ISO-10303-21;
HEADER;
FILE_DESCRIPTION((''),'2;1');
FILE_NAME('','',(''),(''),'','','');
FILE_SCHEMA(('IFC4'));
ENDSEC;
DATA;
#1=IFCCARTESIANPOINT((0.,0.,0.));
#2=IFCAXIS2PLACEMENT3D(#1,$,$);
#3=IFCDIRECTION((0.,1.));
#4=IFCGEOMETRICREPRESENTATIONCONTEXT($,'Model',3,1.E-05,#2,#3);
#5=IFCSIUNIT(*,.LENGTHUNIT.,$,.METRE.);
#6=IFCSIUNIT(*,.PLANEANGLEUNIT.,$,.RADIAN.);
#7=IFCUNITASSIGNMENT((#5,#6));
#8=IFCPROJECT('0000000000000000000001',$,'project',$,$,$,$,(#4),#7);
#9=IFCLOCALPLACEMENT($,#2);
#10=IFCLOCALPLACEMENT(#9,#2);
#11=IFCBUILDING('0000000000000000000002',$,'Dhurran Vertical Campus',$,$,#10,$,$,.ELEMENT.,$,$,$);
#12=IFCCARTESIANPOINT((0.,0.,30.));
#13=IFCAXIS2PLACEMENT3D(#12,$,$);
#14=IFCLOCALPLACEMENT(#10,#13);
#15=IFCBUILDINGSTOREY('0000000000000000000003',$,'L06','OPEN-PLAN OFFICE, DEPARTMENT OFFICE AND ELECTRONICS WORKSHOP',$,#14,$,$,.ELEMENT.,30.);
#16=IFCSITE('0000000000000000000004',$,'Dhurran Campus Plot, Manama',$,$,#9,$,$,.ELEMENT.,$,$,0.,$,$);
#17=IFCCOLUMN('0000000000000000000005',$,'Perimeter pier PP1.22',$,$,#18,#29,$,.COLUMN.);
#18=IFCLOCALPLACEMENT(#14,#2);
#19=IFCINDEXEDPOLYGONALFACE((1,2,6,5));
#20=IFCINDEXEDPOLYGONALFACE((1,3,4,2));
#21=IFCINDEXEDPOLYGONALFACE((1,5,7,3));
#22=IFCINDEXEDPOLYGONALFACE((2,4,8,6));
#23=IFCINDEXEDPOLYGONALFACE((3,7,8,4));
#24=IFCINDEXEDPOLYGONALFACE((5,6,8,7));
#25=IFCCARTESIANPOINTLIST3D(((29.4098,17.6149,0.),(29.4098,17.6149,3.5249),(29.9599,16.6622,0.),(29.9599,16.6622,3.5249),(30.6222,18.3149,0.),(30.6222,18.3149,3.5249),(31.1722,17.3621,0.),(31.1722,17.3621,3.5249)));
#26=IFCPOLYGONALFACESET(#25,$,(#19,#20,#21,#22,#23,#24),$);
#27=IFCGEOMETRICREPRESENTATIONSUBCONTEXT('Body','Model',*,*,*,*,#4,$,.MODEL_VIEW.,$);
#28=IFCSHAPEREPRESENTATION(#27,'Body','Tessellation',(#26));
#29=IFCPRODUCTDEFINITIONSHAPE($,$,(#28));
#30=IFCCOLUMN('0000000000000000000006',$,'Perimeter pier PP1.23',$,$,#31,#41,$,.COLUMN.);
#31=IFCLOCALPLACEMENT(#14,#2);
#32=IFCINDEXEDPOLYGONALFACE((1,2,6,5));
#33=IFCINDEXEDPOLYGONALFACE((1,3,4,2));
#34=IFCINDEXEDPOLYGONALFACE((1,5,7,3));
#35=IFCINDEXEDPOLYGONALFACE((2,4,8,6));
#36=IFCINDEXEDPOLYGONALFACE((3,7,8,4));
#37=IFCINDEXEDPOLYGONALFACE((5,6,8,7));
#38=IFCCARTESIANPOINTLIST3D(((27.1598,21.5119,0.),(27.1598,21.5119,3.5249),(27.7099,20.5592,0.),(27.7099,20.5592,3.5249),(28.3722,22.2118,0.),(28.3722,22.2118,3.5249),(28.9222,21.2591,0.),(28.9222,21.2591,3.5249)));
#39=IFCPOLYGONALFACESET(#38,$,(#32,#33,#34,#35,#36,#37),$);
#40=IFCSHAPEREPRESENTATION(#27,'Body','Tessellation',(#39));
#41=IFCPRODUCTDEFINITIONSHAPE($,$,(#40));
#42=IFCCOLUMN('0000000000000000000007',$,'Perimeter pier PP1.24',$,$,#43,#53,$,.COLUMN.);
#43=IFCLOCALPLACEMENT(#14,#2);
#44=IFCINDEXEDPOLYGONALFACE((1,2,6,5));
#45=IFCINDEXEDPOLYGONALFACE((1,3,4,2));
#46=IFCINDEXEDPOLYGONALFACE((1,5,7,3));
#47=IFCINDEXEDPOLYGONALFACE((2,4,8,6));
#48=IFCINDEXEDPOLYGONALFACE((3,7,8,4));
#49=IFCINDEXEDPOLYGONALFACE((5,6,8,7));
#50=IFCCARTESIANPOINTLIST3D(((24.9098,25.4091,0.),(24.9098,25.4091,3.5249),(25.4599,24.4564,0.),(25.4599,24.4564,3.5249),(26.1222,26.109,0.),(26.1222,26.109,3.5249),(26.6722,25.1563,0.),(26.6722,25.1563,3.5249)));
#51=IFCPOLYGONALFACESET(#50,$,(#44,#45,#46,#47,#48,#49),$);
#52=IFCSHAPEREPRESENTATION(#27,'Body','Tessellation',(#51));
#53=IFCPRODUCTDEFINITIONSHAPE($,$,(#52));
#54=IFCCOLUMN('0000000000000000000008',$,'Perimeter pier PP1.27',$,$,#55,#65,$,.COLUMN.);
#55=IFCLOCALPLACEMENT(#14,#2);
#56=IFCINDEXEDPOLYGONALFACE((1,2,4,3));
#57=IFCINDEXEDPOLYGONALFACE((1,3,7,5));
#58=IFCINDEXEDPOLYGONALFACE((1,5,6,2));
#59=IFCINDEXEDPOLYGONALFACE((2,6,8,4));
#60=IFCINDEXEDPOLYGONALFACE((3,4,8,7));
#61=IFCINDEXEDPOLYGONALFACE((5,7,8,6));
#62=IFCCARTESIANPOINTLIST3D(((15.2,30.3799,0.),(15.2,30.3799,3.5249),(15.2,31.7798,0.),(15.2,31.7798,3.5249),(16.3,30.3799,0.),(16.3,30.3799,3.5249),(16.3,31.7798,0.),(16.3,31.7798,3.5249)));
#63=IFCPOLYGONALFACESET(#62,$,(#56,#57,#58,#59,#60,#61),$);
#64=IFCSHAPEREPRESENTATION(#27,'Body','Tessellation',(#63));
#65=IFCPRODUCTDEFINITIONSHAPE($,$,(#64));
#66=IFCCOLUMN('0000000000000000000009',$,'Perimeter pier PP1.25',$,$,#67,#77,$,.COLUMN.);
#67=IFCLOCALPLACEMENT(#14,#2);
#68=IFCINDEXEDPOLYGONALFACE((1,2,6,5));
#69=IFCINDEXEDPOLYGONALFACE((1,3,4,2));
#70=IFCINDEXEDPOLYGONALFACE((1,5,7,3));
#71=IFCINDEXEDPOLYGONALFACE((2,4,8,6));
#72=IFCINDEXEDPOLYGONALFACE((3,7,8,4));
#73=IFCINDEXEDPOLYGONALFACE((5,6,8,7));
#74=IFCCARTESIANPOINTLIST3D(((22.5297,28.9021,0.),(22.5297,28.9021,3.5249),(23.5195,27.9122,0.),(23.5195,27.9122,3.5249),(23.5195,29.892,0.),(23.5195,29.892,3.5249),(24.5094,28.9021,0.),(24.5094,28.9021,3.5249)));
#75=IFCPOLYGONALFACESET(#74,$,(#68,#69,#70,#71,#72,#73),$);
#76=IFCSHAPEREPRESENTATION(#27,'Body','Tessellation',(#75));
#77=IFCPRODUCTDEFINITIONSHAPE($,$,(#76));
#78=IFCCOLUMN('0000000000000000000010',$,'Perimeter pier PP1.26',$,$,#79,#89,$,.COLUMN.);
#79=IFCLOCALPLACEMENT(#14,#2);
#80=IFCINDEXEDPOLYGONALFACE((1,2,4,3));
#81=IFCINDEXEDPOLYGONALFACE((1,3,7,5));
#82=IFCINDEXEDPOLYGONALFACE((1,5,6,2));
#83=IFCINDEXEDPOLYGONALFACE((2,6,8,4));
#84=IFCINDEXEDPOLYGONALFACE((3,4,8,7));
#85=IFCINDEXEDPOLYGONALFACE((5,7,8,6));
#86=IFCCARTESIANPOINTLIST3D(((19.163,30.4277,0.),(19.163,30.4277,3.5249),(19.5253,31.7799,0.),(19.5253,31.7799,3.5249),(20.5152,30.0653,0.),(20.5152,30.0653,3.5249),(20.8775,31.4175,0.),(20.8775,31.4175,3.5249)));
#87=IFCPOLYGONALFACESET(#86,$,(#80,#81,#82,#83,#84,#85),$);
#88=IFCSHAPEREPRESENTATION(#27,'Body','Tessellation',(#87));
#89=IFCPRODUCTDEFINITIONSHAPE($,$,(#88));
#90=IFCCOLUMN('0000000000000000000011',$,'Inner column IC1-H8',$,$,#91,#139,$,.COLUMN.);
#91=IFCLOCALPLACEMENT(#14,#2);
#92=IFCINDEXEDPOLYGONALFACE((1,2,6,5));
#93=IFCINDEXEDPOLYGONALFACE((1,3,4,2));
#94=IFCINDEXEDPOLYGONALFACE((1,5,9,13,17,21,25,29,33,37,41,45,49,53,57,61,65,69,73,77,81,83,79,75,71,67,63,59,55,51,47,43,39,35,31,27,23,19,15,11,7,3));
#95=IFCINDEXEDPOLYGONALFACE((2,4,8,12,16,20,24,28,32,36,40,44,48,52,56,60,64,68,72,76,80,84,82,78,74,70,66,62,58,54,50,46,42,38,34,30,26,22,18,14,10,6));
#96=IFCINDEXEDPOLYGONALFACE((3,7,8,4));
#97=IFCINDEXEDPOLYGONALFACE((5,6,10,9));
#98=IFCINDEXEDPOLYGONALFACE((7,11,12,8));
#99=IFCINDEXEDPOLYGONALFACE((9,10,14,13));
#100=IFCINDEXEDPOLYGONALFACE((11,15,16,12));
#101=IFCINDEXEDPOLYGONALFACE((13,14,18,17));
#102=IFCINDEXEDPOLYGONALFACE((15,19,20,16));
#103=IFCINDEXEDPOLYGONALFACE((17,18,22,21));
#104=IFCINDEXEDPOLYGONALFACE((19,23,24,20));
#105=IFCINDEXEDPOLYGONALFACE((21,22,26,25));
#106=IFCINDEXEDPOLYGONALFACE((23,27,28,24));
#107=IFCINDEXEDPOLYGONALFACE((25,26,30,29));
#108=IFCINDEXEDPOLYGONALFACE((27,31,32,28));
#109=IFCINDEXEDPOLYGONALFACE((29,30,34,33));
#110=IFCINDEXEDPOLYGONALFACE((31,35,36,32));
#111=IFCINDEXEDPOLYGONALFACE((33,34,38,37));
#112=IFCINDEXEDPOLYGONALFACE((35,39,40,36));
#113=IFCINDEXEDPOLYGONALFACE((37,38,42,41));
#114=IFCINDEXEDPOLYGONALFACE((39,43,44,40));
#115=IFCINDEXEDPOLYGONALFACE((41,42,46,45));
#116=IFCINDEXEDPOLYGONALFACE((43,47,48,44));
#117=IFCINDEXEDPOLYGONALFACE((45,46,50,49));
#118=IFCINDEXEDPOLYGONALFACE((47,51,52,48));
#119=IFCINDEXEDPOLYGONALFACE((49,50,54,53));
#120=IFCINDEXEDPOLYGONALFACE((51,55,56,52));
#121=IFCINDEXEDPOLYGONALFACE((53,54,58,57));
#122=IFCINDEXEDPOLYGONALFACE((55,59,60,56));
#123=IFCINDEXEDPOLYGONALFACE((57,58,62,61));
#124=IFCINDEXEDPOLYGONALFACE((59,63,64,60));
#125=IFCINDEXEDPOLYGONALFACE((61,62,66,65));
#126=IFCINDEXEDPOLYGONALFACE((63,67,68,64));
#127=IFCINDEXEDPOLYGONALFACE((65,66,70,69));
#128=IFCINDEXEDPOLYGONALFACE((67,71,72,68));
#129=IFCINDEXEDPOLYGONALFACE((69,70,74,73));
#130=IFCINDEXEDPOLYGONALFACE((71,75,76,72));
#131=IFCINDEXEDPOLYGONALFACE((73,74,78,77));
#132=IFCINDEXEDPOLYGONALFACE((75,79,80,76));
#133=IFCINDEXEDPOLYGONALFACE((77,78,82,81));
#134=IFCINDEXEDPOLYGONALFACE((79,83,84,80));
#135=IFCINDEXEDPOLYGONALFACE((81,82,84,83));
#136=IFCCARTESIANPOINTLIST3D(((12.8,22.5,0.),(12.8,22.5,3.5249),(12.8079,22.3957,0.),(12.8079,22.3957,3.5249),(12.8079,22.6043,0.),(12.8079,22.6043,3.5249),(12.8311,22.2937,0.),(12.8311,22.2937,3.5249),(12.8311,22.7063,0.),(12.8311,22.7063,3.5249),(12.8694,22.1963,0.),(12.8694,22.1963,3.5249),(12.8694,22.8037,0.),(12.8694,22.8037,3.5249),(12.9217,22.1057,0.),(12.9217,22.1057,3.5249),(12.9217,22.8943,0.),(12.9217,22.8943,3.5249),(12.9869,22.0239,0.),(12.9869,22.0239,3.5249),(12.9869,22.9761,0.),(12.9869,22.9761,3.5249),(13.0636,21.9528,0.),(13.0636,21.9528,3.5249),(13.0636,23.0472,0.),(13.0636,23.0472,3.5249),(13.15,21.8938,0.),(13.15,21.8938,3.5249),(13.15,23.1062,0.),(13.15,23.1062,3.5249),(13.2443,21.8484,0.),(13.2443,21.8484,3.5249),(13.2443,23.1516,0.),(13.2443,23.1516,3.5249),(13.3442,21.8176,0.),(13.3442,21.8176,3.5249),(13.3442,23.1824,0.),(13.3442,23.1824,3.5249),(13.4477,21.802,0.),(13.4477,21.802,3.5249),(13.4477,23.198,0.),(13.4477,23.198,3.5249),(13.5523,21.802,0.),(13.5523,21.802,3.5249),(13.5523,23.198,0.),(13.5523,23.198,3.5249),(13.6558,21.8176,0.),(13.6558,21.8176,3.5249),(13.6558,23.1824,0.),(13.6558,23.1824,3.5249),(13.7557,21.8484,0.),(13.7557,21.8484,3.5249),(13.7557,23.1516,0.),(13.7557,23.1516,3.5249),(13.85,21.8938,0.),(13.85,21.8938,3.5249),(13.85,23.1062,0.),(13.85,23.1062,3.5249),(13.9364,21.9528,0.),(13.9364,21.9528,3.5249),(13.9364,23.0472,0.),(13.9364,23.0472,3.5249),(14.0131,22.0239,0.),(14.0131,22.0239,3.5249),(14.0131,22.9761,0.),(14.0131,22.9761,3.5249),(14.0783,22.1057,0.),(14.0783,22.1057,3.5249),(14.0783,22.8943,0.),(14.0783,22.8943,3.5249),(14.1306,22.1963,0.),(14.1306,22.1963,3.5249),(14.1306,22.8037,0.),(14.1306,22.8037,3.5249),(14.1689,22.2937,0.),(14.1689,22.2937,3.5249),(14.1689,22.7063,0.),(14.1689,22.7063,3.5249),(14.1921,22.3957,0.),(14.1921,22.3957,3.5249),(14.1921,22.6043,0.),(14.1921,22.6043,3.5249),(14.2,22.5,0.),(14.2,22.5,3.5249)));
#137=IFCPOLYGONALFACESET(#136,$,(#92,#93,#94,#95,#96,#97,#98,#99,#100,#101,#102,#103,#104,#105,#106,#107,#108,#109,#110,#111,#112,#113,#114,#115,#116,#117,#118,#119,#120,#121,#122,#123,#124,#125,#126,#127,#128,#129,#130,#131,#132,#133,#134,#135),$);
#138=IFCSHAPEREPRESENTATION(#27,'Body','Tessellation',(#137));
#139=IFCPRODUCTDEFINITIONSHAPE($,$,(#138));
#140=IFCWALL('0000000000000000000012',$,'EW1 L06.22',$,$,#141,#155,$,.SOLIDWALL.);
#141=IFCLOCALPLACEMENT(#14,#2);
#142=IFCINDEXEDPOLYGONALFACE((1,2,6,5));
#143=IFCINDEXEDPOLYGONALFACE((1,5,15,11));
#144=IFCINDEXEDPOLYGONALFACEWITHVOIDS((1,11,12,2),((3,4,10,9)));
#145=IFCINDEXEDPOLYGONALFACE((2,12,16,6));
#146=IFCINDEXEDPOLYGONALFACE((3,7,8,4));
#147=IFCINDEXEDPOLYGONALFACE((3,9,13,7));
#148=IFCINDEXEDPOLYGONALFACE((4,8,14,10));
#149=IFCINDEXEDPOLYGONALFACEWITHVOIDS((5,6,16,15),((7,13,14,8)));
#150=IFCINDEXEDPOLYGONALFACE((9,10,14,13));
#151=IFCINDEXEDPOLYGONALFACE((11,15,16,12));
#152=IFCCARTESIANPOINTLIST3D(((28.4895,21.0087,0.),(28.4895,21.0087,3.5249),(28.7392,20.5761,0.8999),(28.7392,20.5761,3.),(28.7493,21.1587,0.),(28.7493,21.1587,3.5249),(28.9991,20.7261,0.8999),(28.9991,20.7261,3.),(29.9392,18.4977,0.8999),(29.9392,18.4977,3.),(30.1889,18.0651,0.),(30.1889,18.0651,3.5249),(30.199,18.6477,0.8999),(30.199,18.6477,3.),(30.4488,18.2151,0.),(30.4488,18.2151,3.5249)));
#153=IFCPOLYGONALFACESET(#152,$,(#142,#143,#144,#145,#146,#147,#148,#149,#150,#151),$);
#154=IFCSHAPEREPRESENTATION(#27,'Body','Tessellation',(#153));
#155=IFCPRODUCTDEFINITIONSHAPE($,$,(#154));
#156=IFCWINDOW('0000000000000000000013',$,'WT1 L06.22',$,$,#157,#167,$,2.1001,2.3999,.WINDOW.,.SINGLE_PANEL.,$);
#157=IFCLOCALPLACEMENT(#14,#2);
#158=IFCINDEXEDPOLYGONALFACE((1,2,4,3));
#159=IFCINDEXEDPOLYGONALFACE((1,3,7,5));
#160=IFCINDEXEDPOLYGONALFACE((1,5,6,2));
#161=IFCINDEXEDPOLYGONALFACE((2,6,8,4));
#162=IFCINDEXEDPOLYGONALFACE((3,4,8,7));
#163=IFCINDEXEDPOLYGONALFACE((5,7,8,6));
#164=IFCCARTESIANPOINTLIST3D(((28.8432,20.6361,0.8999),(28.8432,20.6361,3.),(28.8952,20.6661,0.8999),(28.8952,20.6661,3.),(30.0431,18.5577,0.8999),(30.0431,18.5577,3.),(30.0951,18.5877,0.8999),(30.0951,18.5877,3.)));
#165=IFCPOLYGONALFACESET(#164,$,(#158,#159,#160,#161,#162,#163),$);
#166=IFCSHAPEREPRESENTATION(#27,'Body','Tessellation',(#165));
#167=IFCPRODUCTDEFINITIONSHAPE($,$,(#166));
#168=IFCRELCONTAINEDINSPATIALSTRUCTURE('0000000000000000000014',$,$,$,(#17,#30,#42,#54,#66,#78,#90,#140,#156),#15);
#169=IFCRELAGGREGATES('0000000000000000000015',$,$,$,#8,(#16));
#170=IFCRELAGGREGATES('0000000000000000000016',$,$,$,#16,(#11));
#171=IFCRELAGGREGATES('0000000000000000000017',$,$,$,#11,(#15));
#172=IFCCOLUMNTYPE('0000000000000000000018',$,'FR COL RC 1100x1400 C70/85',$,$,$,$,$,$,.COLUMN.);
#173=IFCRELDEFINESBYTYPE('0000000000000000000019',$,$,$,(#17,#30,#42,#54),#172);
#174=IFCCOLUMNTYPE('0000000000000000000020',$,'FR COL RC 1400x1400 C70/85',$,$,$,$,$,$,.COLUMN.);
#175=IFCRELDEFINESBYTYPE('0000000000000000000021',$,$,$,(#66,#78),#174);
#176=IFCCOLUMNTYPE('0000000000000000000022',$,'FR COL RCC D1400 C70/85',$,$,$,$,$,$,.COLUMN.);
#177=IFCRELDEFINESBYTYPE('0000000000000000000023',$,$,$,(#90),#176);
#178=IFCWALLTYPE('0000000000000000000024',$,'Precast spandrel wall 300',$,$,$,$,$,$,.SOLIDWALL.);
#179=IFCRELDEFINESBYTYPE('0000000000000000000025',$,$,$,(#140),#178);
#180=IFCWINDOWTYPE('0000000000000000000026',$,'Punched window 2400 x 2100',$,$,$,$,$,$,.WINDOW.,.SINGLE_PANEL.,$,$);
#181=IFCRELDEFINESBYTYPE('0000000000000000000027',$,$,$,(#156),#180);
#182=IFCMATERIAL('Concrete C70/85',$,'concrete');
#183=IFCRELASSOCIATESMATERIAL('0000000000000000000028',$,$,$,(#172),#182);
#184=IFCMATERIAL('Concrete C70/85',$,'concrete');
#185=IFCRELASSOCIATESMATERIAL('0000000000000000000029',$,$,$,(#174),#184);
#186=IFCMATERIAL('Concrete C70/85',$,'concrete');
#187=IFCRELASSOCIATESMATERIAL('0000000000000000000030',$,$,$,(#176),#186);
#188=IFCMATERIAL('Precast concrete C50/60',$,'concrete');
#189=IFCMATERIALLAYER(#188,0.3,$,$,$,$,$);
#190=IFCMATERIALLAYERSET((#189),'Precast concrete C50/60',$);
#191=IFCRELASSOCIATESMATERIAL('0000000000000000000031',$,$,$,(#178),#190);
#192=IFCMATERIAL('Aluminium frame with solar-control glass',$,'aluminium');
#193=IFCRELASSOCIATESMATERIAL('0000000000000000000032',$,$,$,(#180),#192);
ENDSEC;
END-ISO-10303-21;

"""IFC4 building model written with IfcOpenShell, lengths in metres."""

from ifc_helpers import new_model, si_unit, direction, frame, frame_2d, origin, origin_2d, place, context, subcontext, project, spatial, rectangle, circle, extrude, material, layer, layer_set, material_profile, profile_set, type_object, element, fill, save


model = new_model("IFC4")

# Units and contexts
model_context = context("Model", 3, precision=1e-05, world=origin(), true_north=direction((0.0, 1.0)))
body_context = subcontext(model_context, "Body", "Model", "MODEL_VIEW")
ifc_project = project(units=[si_unit("LENGTHUNIT", "METRE"), si_unit("PLANEANGLEUNIT", "RADIAN")], contexts=[model_context])

# Site, building, storey
site_placement = place(None, origin())
site = spatial("IfcSite", under=ifc_project, at=site_placement, Name="Dhurran Campus Plot, Manama", CompositionType="ELEMENT", RefElevation=0.0)
building_placement = place(site_placement, origin())
building = spatial("IfcBuilding", under=site, at=building_placement, Name="Dhurran Vertical Campus", CompositionType="ELEMENT")
storey_placement = place(building_placement, frame((0.0, 0.0, 30.0)))
storey = spatial("IfcBuildingStorey", under=building, at=storey_placement, Name="L06", Description="OPEN-PLAN OFFICE, DEPARTMENT OFFICE AND ELECTRONICS WORKSHOP", CompositionType="ELEMENT", Elevation=30.0)

# Columns
ifc_material_1 = material(Name="Concrete C70/85", Category="concrete")
ifc_material_profile_1 = material_profile(ifc_material_1, rectangle(XDim=1.1001, YDim=1.3999, at=origin_2d()), Name="RC 1100x1400")
ifc_profile_set_1 = profile_set([ifc_material_profile_1], Name="Concrete C70/85")
column_type_1 = type_object("IfcColumnType", Name="FR COL RC 1100x1400 C70/85", PredefinedType="COLUMN", material=ifc_profile_set_1)
for number, where, z_axis, x_axis, name in (
    (1, (30.291, 17.4885, 0.0), (0.0, 0.0, 1.0), (-0.5, 0.866025, 0.0), "Perimeter pier PP1.22"),
    (2, (28.041, 21.3855, 0.0), (0.0, 0.0, 1.0), (-0.5, 0.866025, 0.0), "Perimeter pier PP1.23"),
    (3, (25.791, 25.2827, 0.0), (0.0, 0.0, 1.0), (-0.5, 0.866025, 0.0), "Perimeter pier PP1.24"),
    (4, (15.75, 31.0798, 0.0), (0.0, 0.0, 1.0), (-1.0, 0.0, 0.0), "Perimeter pier PP1.27"),
):
    element("IfcColumn", number, at=place(storey_placement, frame(where, z_axis=z_axis, x_axis=x_axis)), inside=storey, type_object=column_type_1, Name=name, PredefinedType="COLUMN", context=body_context, shape_type="SweptSolid", body=[
        extrude(rectangle(XDim=1.1001, YDim=1.3999, at=origin_2d()), origin(), (0.0, 0.0, 1.0), 3.5249),
    ])
ifc_material_2 = material(Name="Concrete C70/85", Category="concrete")
ifc_material_profile_2 = material_profile(ifc_material_2, rectangle(XDim=1.3999, YDim=1.3999, at=origin_2d()), Name="RC 1400x1400")
ifc_profile_set_2 = profile_set([ifc_material_profile_2], Name="Concrete C70/85")
column_type_2 = type_object("IfcColumnType", Name="FR COL RC 1400x1400 C70/85", PredefinedType="COLUMN", material=ifc_profile_set_2)
for number, where, z_axis, x_axis, name in (
    (5, (23.5195, 28.9021, 0.0), (0.0, 0.0, 1.0), (-0.707107, 0.707107, 0.0), "Perimeter pier PP1.25"),
    (6, (20.0203, 30.9226, 0.0), (0.0, 0.0, 1.0), (-0.965926, 0.258819, 0.0), "Perimeter pier PP1.26"),
):
    element("IfcColumn", number, at=place(storey_placement, frame(where, z_axis=z_axis, x_axis=x_axis)), inside=storey, type_object=column_type_2, Name=name, PredefinedType="COLUMN", context=body_context, shape_type="SweptSolid", body=[
        extrude(rectangle(XDim=1.3999, YDim=1.3999, at=origin_2d()), origin(), (0.0, 0.0, 1.0), 3.5249),
    ])
ifc_material_3 = material(Name="Concrete C70/85", Category="concrete")
ifc_material_profile_3 = material_profile(ifc_material_3, circle(Radius=0.7, at=origin_2d()), Name="RCC D1400")
ifc_profile_set_3 = profile_set([ifc_material_profile_3], Name="Concrete C70/85")
column_type_3 = type_object("IfcColumnType", Name="FR COL RCC D1400 C70/85", PredefinedType="COLUMN", material=ifc_profile_set_3)
column_placement = place(storey_placement, frame((13.5, 22.5, 0.0), z_axis=(0.0, 0.0, 1.0), x_axis=(1.0, 0.0, 0.0)))
element("IfcColumn", 7, at=column_placement, inside=storey, type_object=column_type_3, Name="Inner column IC1-H8", PredefinedType="COLUMN", context=body_context, shape_type="SweptSolid", body=[
    extrude(circle(Radius=0.7, at=origin_2d()), origin(), (0.0, 0.0, 1.0), 3.5249),
])

# Wall, opening, window
ifc_material_4 = material(Name="Precast concrete C50/60", Category="concrete")
ifc_layer_1 = layer(ifc_material_4, 0.3)
ifc_layer_set_1 = layer_set([ifc_layer_1], Name="Precast concrete C50/60")
wall_type_1 = type_object("IfcWallType", Name="Precast spandrel wall 300", PredefinedType="SOLIDWALL", material=ifc_layer_set_1)
wall_1_placement = place(storey_placement, frame((30.3188, 18.1401, 0.0), z_axis=(0.0, 0.0, 1.0), x_axis=(-0.499994, 0.866029, 0.0)))
wall_1 = element("IfcWall", 8, at=wall_1_placement, inside=storey, type_object=wall_type_1, Name="EW1 L06.22", PredefinedType="SOLIDWALL", context=body_context, shape_type="SweptSolid", body=[
    extrude(rectangle(XDim=3.3989, YDim=0.3, at=frame_2d((1.6995, 0.0))), origin(), (0.0, 0.0, 1.0), 3.5249),
])
opening_1_placement = place(wall_1_placement, frame((0.4995, 0.0, 0.8999)))
opening_1 = element("IfcOpeningElement", 9, at=opening_1_placement, cuts=wall_1, PredefinedType="OPENING", context=body_context, shape_type="SweptSolid", body=[
    extrude(rectangle(XDim=2.3999, YDim=2.1001, at=frame_2d((1.2, 1.05))), frame((0.0, 0.1599, 0.0), z_axis=(0.0, -1.0, 0.0), x_axis=(1.0, 0.0, 0.0)), (0.0, 0.0, 1.0), 0.3201),
])
ifc_material_5 = material(Name="Aluminium frame with solar-control glass", Category="aluminium")
window_type = type_object("IfcWindowType", Name="Punched window 2400 x 2100", PartitioningType="SINGLE_PANEL", PredefinedType="WINDOW", material=ifc_material_5)
window_1_placement = place(opening_1_placement, origin())
window_1 = element("IfcWindow", 10, at=window_1_placement, inside=storey, type_object=window_type, Name="WT1 L06.22", OverallHeight=2.1001, OverallWidth=2.3999, PartitioningType="SINGLE_PANEL", PredefinedType="WINDOW", context=body_context, shape_type="SweptSolid", body=[
    extrude(rectangle(XDim=2.3999, YDim=2.1001, at=frame_2d((1.2, 1.05))), frame((0.0, 0.03, 0.0), z_axis=(0.0, -1.0, 0.0), x_axis=(1.0, 0.0, 0.0)), (0.0, 0.0, 1.0), 0.0601),
])
fill(opening_1, window_1)

save(model, "model.ifc")
